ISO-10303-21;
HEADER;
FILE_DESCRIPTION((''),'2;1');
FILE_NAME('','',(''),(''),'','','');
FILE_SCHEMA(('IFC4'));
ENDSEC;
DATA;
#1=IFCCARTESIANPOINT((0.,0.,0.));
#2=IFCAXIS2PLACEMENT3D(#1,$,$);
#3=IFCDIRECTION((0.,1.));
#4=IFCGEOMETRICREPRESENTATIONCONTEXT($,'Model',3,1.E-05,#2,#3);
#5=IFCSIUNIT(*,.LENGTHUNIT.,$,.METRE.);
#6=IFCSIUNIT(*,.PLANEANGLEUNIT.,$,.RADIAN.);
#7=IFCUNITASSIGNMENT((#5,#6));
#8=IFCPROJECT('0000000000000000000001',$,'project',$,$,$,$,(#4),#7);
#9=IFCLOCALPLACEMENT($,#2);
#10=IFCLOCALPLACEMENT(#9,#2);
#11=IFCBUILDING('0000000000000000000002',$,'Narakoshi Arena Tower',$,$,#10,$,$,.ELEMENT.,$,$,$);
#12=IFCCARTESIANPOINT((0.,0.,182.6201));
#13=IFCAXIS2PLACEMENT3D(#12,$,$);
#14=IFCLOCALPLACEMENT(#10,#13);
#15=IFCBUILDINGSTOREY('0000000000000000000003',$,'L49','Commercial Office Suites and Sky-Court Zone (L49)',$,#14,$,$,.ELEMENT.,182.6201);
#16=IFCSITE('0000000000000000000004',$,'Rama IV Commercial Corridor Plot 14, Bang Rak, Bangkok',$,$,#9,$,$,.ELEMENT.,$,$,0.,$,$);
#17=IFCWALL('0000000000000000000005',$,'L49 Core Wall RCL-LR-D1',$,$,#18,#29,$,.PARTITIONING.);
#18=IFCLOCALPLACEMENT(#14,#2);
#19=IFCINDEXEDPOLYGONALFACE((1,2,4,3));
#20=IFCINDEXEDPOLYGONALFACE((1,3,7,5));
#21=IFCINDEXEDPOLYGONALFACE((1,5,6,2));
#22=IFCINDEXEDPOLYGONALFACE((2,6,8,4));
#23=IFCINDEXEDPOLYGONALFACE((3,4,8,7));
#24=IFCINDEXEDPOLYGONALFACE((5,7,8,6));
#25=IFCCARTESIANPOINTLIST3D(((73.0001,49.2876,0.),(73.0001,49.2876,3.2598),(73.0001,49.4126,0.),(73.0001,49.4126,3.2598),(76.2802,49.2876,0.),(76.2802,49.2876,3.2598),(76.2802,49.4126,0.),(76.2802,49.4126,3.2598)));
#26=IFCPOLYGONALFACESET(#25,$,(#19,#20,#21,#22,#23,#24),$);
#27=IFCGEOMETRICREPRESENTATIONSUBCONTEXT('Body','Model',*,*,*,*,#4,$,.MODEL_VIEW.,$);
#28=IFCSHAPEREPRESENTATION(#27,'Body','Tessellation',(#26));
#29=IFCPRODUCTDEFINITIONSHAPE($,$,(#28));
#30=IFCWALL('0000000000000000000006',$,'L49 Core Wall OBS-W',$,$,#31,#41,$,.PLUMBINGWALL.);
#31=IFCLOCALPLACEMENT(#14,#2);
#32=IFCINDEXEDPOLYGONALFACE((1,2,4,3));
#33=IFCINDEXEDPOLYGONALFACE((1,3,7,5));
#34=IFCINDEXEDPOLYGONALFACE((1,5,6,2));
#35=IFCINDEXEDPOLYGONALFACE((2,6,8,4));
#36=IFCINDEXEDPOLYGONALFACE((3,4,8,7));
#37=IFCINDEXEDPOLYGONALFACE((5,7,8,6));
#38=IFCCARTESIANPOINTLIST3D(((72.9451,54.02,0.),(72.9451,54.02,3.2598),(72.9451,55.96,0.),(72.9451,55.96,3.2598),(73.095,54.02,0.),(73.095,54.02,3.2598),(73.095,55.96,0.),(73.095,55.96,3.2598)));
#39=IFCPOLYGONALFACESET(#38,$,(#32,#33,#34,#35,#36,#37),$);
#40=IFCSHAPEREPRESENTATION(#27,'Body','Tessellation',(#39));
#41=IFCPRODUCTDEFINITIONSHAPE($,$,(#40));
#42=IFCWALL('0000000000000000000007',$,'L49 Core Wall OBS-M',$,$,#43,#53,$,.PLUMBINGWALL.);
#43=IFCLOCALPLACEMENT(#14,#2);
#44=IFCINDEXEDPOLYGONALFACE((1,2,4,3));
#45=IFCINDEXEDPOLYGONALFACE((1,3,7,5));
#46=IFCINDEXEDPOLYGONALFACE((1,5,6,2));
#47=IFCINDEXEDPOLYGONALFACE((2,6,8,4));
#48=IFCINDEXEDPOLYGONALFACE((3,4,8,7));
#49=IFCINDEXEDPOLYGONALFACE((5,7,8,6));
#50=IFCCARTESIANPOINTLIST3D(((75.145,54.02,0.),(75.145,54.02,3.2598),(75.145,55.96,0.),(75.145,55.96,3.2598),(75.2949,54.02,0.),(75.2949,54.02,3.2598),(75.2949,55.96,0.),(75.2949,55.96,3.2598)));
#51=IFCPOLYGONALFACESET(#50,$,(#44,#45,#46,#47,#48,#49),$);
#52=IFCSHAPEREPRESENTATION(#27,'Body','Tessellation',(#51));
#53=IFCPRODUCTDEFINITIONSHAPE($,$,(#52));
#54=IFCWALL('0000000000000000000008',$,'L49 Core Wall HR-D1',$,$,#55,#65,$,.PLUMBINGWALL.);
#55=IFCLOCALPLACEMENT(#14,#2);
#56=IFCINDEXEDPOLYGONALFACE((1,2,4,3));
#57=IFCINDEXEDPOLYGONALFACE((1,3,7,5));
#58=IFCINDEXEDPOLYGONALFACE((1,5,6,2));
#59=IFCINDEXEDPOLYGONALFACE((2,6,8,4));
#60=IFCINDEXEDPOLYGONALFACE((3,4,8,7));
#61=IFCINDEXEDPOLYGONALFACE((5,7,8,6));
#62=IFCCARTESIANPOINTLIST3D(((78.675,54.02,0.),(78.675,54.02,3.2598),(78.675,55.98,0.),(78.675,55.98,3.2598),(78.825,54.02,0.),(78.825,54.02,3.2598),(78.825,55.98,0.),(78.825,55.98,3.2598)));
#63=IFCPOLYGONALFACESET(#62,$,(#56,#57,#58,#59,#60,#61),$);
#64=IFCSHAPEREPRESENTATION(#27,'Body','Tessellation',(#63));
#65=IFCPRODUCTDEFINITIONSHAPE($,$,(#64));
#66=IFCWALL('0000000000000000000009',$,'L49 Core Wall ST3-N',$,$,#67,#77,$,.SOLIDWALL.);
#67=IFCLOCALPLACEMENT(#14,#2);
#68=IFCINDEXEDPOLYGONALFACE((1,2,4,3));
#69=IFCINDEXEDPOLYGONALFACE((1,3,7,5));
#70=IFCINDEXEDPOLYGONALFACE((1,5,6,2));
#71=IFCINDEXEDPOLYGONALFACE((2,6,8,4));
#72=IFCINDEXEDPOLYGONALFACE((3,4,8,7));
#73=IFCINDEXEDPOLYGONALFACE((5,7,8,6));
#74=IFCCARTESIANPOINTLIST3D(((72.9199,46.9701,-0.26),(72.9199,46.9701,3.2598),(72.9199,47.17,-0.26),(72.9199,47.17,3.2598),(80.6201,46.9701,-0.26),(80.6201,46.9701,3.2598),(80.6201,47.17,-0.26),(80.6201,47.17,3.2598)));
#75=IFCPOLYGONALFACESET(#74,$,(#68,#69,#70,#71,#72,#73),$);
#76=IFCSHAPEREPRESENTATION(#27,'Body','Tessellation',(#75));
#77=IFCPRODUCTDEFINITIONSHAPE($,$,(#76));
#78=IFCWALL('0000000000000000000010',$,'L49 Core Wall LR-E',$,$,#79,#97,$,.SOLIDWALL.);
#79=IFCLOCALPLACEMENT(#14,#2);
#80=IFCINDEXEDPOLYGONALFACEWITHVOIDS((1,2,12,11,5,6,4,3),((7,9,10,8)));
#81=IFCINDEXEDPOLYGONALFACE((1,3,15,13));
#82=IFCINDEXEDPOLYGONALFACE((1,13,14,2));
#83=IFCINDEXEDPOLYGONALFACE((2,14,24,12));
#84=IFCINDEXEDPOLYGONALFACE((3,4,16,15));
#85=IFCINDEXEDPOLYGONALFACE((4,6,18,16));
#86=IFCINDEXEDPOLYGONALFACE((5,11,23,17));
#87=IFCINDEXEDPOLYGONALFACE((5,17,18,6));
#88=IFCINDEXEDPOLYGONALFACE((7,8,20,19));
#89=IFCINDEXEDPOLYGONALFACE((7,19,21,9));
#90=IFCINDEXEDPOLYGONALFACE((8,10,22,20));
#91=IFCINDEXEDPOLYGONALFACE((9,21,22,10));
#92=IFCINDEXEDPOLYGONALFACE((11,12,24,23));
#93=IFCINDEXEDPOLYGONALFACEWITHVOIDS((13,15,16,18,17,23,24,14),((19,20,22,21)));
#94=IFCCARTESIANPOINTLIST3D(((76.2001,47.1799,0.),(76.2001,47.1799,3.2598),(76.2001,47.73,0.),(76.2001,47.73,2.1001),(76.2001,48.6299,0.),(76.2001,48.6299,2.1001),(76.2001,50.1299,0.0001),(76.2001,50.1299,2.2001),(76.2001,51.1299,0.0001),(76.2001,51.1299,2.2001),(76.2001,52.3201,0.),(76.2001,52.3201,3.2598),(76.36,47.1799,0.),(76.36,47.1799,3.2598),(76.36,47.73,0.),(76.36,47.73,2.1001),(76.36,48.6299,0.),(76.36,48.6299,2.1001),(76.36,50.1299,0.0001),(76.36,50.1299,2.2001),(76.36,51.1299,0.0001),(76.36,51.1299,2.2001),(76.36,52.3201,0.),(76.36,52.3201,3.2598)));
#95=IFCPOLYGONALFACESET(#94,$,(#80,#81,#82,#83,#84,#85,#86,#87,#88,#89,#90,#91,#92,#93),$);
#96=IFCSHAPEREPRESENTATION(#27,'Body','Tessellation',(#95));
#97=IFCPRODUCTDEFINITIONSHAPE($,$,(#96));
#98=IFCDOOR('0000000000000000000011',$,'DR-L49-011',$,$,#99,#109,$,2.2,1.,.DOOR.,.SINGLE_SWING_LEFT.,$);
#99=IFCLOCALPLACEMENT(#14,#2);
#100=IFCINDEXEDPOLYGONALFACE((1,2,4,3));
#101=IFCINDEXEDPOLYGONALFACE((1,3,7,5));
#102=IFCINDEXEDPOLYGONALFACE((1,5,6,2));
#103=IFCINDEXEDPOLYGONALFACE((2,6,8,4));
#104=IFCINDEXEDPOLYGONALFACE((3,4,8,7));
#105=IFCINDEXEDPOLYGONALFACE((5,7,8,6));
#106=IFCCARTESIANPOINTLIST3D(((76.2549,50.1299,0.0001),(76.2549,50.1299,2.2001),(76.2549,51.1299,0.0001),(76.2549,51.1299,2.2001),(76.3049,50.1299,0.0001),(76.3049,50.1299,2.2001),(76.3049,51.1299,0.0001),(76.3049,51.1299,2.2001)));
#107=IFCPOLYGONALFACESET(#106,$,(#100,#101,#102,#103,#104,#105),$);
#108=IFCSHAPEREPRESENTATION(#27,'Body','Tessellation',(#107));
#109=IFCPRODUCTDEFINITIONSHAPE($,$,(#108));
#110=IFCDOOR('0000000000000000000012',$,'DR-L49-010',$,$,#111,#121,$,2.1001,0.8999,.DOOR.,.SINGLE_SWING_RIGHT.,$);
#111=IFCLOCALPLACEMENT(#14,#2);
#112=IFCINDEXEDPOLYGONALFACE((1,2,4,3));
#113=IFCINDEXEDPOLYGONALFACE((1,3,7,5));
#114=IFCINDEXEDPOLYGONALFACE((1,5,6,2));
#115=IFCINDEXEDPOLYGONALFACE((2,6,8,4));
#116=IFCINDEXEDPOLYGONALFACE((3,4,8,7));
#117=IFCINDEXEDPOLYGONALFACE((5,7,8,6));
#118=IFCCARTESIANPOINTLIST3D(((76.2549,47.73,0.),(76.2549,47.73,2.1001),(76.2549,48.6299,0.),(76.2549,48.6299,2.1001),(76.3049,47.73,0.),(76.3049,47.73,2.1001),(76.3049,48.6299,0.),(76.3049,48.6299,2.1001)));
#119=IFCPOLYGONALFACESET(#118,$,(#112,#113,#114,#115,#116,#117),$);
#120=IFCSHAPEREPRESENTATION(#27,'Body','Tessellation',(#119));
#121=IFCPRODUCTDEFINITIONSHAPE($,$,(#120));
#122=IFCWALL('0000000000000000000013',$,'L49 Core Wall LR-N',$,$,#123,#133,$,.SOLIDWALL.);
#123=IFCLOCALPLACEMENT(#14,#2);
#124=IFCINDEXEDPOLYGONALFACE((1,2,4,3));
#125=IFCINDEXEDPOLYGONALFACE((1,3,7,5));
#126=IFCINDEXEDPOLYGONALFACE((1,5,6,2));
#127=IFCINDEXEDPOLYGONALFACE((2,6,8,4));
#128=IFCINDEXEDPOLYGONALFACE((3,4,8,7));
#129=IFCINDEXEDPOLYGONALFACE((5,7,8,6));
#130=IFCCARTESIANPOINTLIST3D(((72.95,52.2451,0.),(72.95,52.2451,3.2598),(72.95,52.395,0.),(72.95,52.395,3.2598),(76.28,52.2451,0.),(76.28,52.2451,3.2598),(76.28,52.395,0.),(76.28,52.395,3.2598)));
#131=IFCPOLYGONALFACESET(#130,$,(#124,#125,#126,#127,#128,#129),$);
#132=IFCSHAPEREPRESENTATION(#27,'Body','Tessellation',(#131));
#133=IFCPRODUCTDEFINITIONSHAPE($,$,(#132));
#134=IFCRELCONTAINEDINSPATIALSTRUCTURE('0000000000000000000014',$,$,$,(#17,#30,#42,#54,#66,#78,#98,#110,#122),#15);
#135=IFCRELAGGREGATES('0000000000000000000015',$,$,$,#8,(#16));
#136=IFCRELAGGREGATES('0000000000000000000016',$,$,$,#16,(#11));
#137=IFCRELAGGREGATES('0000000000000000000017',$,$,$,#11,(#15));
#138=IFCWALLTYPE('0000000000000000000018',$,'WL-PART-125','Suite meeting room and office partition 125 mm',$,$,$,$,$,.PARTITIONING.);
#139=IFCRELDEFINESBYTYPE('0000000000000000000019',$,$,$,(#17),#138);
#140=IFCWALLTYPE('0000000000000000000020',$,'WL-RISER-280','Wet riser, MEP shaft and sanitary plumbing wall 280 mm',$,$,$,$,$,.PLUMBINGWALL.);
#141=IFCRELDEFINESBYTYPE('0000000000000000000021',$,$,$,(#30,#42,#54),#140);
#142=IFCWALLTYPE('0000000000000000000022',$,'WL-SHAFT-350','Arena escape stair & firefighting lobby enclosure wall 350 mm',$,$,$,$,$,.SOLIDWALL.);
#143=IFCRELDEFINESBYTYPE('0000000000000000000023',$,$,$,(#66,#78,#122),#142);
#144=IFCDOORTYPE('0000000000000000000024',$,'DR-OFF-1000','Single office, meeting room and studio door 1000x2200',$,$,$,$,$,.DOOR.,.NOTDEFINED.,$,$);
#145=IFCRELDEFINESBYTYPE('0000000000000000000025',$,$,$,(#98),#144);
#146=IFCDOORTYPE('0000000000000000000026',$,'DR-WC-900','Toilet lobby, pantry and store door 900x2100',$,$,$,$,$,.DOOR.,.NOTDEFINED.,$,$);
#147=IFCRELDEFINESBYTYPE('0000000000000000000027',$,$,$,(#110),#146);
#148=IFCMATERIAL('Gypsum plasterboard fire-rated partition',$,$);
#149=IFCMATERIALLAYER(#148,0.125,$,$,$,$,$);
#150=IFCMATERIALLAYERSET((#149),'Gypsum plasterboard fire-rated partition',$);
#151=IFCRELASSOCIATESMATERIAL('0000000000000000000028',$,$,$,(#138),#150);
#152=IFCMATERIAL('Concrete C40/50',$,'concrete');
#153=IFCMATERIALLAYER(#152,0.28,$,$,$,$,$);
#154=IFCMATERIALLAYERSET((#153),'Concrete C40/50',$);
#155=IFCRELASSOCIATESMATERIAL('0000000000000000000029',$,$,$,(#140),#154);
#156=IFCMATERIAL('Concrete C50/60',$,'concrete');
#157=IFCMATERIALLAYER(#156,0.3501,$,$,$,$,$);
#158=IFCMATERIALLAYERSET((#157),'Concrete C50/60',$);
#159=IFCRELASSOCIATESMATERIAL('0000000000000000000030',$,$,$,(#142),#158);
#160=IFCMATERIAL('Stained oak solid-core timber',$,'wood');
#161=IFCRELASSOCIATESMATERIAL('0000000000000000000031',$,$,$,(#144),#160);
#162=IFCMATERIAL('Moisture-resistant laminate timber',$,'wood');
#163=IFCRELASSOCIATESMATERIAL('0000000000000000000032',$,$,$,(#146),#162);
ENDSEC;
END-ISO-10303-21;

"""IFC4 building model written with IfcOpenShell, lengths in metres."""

from ifc_helpers import new_model, si_unit, direction, frame, frame_2d, origin, place, context, subcontext, project, spatial, rectangle, extrude, material, layer, layer_set, type_object, element, fill, save


model = new_model("IFC4")

# Units and contexts
model_context = context("Model", 3, precision=1e-05, world=origin(), true_north=direction((0.0, 1.0)))
body_context = subcontext(model_context, "Body", "Model", "MODEL_VIEW")
ifc_project = project(units=[si_unit("LENGTHUNIT", "METRE"), si_unit("PLANEANGLEUNIT", "RADIAN")], contexts=[model_context])

# Site, building, storey
site_placement = place(None, origin())
site = spatial("IfcSite", under=ifc_project, at=site_placement, Name="Rama IV Commercial Corridor Plot 14, Bang Rak, Bangkok", CompositionType="ELEMENT", RefElevation=0.0)
building_placement = place(site_placement, origin())
building = spatial("IfcBuilding", under=site, at=building_placement, Name="Narakoshi Arena Tower", CompositionType="ELEMENT")
storey_placement = place(building_placement, frame((0.0, 0.0, 182.6201)))
storey = spatial("IfcBuildingStorey", under=building, at=storey_placement, Name="L49", Description="Commercial Office Suites and Sky-Court Zone (L49)", CompositionType="ELEMENT", Elevation=182.6201)

# Walls
ifc_material_1 = material(Name="Gypsum plasterboard fire-rated partition")
ifc_layer_1 = layer(ifc_material_1, 0.125)
ifc_layer_set_1 = layer_set([ifc_layer_1], Name="Gypsum plasterboard fire-rated partition")
wall_type_1 = type_object("IfcWallType", Name="WL-PART-125", Description="Suite meeting room and office partition 125 mm", PredefinedType="PARTITIONING", material=ifc_layer_set_1)
wall_1_placement = place(storey_placement, frame((73.0, 49.3501, 0.0), z_axis=(0.0, 0.0, 1.0), x_axis=(1.0, 0.0, 0.0)))
element("IfcWall", 1, at=wall_1_placement, inside=storey, type_object=wall_type_1, Name="L49 Core Wall RCL-LR-D1", PredefinedType="PARTITIONING", context=body_context, shape_type="SweptSolid", body=[
    extrude(rectangle(XDim=3.28, YDim=0.125, at=frame_2d((1.6401, 0.0))), origin(), (0.0, 0.0, 1.0), 3.2598),
])
ifc_material_2 = material(Name="Concrete C40/50", Category="concrete")
ifc_layer_2 = layer(ifc_material_2, 0.28)
ifc_layer_set_2 = layer_set([ifc_layer_2], Name="Concrete C40/50")
wall_type_2 = type_object("IfcWallType", Name="WL-RISER-280", Description="Wet riser, MEP shaft and sanitary plumbing wall 280 mm", PredefinedType="PLUMBINGWALL", material=ifc_layer_set_2)
for number, where, z_axis, x_axis, name in (
    (2, (73.02, 54.02, 0.0), (0.0, 0.0, 1.0), (0.0, 1.0, 0.0), "L49 Core Wall OBS-W"),
    (3, (75.22, 54.02, 0.0), (0.0, 0.0, 1.0), (0.0, 1.0, 0.0), "L49 Core Wall OBS-M"),
):
    element("IfcWall", number, at=place(storey_placement, frame(where, z_axis=z_axis, x_axis=x_axis)), inside=storey, type_object=wall_type_2, Name=name, PredefinedType="PLUMBINGWALL", context=body_context, shape_type="SweptSolid", body=[
        extrude(rectangle(XDim=1.9399, YDim=0.1499, at=frame_2d((0.97, 0.0))), origin(), (0.0, 0.0, 1.0), 3.2598),
    ])
wall_2_placement = place(storey_placement, frame((78.75, 54.02, 0.0), z_axis=(0.0, 0.0, 1.0), x_axis=(0.0, 1.0, 0.0)))
element("IfcWall", 4, at=wall_2_placement, inside=storey, type_object=wall_type_2, Name="L49 Core Wall HR-D1", PredefinedType="PLUMBINGWALL", context=body_context, shape_type="SweptSolid", body=[
    extrude(rectangle(XDim=1.96, YDim=0.1499, at=frame_2d((0.98, 0.0))), origin(), (0.0, 0.0, 1.0), 3.2598),
])
ifc_material_3 = material(Name="Concrete C50/60", Category="concrete")
ifc_layer_3 = layer(ifc_material_3, 0.3501)
ifc_layer_set_3 = layer_set([ifc_layer_3], Name="Concrete C50/60")
wall_type_3 = type_object("IfcWallType", Name="WL-SHAFT-350", Description="Arena escape stair & firefighting lobby enclosure wall 350 mm", PredefinedType="SOLIDWALL", material=ifc_layer_set_3)
wall_3_placement = place(storey_placement, frame((72.9199, 47.0701, -0.26), z_axis=(0.0, 0.0, 1.0), x_axis=(1.0, 0.0, 0.0)))
element("IfcWall", 5, at=wall_3_placement, inside=storey, type_object=wall_type_3, Name="L49 Core Wall ST3-N", PredefinedType="SOLIDWALL", context=body_context, shape_type="SweptSolid", body=[
    extrude(rectangle(XDim=7.7002, YDim=0.2, at=frame_2d((3.8501, 0.0))), origin(), (0.0, 0.0, 1.0), 3.5198),
])

# Wall, openings, doors
wall_4_placement = place(storey_placement, frame((76.28, 47.1799, 0.0), z_axis=(0.0, 0.0, 1.0), x_axis=(0.0, 1.0, 0.0)))
wall_4 = element("IfcWall", 6, at=wall_4_placement, inside=storey, type_object=wall_type_3, Name="L49 Core Wall LR-E", PredefinedType="SOLIDWALL", context=body_context, shape_type="SweptSolid", body=[
    extrude(rectangle(XDim=5.1401, YDim=0.1599, at=frame_2d((2.5701, 0.0))), origin(), (0.0, 0.0, 1.0), 3.2598),
])
opening_1_placement = place(wall_4_placement, frame((0.55, 0.0, 0.0)))
opening_1 = element("IfcOpeningElement", 7, at=opening_1_placement, cuts=wall_4, PredefinedType="OPENING", context=body_context, shape_type="SweptSolid", body=[
    extrude(rectangle(XDim=0.8999, YDim=2.1001, at=frame_2d((0.45, 1.05))), frame((0.0, 0.0898, 0.0), z_axis=(0.0, -1.0, 0.0), x_axis=(1.0, 0.0, 0.0)), (0.0, 0.0, 1.0), 0.1799),
])
opening_2_placement = place(wall_4_placement, frame((2.95, 0.0, 0.0)))
opening_2 = element("IfcOpeningElement", 8, at=opening_2_placement, cuts=wall_4, PredefinedType="OPENING", context=body_context, shape_type="SweptSolid", body=[
    extrude(rectangle(XDim=1.0, YDim=2.2, at=frame_2d((0.5, 1.1001))), frame((0.0, 0.0898, 0.0), z_axis=(0.0, -1.0, 0.0), x_axis=(1.0, 0.0, 0.0)), (0.0, 0.0, 1.0), 0.1799),
])
ifc_material_4 = material(Name="Stained oak solid-core timber", Category="wood")
door_type_1 = type_object("IfcDoorType", Name="DR-OFF-1000", Description="Single office, meeting room and studio door 1000x2200", OperationType="NOTDEFINED", PredefinedType="DOOR", material=ifc_material_4)
door_1_placement = place(opening_2_placement, frame((1.0, 0.0, 0.0), z_axis=(0.0, 0.0, 1.0), x_axis=(-1.0, 0.0, 0.0)))
door_1 = element("IfcDoor", 9, at=door_1_placement, inside=storey, type_object=door_type_1, Name="DR-L49-011", OperationType="SINGLE_SWING_LEFT", OverallHeight=2.2, OverallWidth=1.0, PredefinedType="DOOR", context=body_context, shape_type="SweptSolid", body=[
    extrude(rectangle(XDim=1.0, YDim=2.2, at=frame_2d((0.5, 1.1001))), frame((0.0, 0.0249, 0.0), z_axis=(0.0, -1.0, 0.0), x_axis=(1.0, 0.0, 0.0)), (0.0, 0.0, 1.0), 0.05),
])
fill(opening_2, door_1)
ifc_material_5 = material(Name="Moisture-resistant laminate timber", Category="wood")
door_type_2 = type_object("IfcDoorType", Name="DR-WC-900", Description="Toilet lobby, pantry and store door 900x2100", OperationType="NOTDEFINED", PredefinedType="DOOR", material=ifc_material_5)
door_2_placement = place(opening_1_placement, frame((0.8999, 0.0, 0.0), z_axis=(0.0, 0.0, 1.0), x_axis=(-1.0, 0.0, 0.0)))
door_2 = element("IfcDoor", 10, at=door_2_placement, inside=storey, type_object=door_type_2, Name="DR-L49-010", OperationType="SINGLE_SWING_RIGHT", OverallHeight=2.1001, OverallWidth=0.8999, PredefinedType="DOOR", context=body_context, shape_type="SweptSolid", body=[
    extrude(rectangle(XDim=0.8999, YDim=2.1001, at=frame_2d((0.45, 1.05))), frame((0.0, 0.0249, 0.0), z_axis=(0.0, -1.0, 0.0), x_axis=(1.0, 0.0, 0.0)), (0.0, 0.0, 1.0), 0.05),
])
fill(opening_1, door_2)

# Wall
wall_5_placement = place(storey_placement, frame((72.95, 52.3201, 0.0), z_axis=(0.0, 0.0, 1.0), x_axis=(1.0, 0.0, 0.0)))
element("IfcWall", 11, at=wall_5_placement, inside=storey, type_object=wall_type_3, Name="L49 Core Wall LR-N", PredefinedType="SOLIDWALL", context=body_context, shape_type="SweptSolid", body=[
    extrude(rectangle(XDim=3.3301, YDim=0.1499, at=frame_2d((1.665, 0.0))), origin(), (0.0, 0.0, 1.0), 3.2598),
])

save(model, "model.ifc")
